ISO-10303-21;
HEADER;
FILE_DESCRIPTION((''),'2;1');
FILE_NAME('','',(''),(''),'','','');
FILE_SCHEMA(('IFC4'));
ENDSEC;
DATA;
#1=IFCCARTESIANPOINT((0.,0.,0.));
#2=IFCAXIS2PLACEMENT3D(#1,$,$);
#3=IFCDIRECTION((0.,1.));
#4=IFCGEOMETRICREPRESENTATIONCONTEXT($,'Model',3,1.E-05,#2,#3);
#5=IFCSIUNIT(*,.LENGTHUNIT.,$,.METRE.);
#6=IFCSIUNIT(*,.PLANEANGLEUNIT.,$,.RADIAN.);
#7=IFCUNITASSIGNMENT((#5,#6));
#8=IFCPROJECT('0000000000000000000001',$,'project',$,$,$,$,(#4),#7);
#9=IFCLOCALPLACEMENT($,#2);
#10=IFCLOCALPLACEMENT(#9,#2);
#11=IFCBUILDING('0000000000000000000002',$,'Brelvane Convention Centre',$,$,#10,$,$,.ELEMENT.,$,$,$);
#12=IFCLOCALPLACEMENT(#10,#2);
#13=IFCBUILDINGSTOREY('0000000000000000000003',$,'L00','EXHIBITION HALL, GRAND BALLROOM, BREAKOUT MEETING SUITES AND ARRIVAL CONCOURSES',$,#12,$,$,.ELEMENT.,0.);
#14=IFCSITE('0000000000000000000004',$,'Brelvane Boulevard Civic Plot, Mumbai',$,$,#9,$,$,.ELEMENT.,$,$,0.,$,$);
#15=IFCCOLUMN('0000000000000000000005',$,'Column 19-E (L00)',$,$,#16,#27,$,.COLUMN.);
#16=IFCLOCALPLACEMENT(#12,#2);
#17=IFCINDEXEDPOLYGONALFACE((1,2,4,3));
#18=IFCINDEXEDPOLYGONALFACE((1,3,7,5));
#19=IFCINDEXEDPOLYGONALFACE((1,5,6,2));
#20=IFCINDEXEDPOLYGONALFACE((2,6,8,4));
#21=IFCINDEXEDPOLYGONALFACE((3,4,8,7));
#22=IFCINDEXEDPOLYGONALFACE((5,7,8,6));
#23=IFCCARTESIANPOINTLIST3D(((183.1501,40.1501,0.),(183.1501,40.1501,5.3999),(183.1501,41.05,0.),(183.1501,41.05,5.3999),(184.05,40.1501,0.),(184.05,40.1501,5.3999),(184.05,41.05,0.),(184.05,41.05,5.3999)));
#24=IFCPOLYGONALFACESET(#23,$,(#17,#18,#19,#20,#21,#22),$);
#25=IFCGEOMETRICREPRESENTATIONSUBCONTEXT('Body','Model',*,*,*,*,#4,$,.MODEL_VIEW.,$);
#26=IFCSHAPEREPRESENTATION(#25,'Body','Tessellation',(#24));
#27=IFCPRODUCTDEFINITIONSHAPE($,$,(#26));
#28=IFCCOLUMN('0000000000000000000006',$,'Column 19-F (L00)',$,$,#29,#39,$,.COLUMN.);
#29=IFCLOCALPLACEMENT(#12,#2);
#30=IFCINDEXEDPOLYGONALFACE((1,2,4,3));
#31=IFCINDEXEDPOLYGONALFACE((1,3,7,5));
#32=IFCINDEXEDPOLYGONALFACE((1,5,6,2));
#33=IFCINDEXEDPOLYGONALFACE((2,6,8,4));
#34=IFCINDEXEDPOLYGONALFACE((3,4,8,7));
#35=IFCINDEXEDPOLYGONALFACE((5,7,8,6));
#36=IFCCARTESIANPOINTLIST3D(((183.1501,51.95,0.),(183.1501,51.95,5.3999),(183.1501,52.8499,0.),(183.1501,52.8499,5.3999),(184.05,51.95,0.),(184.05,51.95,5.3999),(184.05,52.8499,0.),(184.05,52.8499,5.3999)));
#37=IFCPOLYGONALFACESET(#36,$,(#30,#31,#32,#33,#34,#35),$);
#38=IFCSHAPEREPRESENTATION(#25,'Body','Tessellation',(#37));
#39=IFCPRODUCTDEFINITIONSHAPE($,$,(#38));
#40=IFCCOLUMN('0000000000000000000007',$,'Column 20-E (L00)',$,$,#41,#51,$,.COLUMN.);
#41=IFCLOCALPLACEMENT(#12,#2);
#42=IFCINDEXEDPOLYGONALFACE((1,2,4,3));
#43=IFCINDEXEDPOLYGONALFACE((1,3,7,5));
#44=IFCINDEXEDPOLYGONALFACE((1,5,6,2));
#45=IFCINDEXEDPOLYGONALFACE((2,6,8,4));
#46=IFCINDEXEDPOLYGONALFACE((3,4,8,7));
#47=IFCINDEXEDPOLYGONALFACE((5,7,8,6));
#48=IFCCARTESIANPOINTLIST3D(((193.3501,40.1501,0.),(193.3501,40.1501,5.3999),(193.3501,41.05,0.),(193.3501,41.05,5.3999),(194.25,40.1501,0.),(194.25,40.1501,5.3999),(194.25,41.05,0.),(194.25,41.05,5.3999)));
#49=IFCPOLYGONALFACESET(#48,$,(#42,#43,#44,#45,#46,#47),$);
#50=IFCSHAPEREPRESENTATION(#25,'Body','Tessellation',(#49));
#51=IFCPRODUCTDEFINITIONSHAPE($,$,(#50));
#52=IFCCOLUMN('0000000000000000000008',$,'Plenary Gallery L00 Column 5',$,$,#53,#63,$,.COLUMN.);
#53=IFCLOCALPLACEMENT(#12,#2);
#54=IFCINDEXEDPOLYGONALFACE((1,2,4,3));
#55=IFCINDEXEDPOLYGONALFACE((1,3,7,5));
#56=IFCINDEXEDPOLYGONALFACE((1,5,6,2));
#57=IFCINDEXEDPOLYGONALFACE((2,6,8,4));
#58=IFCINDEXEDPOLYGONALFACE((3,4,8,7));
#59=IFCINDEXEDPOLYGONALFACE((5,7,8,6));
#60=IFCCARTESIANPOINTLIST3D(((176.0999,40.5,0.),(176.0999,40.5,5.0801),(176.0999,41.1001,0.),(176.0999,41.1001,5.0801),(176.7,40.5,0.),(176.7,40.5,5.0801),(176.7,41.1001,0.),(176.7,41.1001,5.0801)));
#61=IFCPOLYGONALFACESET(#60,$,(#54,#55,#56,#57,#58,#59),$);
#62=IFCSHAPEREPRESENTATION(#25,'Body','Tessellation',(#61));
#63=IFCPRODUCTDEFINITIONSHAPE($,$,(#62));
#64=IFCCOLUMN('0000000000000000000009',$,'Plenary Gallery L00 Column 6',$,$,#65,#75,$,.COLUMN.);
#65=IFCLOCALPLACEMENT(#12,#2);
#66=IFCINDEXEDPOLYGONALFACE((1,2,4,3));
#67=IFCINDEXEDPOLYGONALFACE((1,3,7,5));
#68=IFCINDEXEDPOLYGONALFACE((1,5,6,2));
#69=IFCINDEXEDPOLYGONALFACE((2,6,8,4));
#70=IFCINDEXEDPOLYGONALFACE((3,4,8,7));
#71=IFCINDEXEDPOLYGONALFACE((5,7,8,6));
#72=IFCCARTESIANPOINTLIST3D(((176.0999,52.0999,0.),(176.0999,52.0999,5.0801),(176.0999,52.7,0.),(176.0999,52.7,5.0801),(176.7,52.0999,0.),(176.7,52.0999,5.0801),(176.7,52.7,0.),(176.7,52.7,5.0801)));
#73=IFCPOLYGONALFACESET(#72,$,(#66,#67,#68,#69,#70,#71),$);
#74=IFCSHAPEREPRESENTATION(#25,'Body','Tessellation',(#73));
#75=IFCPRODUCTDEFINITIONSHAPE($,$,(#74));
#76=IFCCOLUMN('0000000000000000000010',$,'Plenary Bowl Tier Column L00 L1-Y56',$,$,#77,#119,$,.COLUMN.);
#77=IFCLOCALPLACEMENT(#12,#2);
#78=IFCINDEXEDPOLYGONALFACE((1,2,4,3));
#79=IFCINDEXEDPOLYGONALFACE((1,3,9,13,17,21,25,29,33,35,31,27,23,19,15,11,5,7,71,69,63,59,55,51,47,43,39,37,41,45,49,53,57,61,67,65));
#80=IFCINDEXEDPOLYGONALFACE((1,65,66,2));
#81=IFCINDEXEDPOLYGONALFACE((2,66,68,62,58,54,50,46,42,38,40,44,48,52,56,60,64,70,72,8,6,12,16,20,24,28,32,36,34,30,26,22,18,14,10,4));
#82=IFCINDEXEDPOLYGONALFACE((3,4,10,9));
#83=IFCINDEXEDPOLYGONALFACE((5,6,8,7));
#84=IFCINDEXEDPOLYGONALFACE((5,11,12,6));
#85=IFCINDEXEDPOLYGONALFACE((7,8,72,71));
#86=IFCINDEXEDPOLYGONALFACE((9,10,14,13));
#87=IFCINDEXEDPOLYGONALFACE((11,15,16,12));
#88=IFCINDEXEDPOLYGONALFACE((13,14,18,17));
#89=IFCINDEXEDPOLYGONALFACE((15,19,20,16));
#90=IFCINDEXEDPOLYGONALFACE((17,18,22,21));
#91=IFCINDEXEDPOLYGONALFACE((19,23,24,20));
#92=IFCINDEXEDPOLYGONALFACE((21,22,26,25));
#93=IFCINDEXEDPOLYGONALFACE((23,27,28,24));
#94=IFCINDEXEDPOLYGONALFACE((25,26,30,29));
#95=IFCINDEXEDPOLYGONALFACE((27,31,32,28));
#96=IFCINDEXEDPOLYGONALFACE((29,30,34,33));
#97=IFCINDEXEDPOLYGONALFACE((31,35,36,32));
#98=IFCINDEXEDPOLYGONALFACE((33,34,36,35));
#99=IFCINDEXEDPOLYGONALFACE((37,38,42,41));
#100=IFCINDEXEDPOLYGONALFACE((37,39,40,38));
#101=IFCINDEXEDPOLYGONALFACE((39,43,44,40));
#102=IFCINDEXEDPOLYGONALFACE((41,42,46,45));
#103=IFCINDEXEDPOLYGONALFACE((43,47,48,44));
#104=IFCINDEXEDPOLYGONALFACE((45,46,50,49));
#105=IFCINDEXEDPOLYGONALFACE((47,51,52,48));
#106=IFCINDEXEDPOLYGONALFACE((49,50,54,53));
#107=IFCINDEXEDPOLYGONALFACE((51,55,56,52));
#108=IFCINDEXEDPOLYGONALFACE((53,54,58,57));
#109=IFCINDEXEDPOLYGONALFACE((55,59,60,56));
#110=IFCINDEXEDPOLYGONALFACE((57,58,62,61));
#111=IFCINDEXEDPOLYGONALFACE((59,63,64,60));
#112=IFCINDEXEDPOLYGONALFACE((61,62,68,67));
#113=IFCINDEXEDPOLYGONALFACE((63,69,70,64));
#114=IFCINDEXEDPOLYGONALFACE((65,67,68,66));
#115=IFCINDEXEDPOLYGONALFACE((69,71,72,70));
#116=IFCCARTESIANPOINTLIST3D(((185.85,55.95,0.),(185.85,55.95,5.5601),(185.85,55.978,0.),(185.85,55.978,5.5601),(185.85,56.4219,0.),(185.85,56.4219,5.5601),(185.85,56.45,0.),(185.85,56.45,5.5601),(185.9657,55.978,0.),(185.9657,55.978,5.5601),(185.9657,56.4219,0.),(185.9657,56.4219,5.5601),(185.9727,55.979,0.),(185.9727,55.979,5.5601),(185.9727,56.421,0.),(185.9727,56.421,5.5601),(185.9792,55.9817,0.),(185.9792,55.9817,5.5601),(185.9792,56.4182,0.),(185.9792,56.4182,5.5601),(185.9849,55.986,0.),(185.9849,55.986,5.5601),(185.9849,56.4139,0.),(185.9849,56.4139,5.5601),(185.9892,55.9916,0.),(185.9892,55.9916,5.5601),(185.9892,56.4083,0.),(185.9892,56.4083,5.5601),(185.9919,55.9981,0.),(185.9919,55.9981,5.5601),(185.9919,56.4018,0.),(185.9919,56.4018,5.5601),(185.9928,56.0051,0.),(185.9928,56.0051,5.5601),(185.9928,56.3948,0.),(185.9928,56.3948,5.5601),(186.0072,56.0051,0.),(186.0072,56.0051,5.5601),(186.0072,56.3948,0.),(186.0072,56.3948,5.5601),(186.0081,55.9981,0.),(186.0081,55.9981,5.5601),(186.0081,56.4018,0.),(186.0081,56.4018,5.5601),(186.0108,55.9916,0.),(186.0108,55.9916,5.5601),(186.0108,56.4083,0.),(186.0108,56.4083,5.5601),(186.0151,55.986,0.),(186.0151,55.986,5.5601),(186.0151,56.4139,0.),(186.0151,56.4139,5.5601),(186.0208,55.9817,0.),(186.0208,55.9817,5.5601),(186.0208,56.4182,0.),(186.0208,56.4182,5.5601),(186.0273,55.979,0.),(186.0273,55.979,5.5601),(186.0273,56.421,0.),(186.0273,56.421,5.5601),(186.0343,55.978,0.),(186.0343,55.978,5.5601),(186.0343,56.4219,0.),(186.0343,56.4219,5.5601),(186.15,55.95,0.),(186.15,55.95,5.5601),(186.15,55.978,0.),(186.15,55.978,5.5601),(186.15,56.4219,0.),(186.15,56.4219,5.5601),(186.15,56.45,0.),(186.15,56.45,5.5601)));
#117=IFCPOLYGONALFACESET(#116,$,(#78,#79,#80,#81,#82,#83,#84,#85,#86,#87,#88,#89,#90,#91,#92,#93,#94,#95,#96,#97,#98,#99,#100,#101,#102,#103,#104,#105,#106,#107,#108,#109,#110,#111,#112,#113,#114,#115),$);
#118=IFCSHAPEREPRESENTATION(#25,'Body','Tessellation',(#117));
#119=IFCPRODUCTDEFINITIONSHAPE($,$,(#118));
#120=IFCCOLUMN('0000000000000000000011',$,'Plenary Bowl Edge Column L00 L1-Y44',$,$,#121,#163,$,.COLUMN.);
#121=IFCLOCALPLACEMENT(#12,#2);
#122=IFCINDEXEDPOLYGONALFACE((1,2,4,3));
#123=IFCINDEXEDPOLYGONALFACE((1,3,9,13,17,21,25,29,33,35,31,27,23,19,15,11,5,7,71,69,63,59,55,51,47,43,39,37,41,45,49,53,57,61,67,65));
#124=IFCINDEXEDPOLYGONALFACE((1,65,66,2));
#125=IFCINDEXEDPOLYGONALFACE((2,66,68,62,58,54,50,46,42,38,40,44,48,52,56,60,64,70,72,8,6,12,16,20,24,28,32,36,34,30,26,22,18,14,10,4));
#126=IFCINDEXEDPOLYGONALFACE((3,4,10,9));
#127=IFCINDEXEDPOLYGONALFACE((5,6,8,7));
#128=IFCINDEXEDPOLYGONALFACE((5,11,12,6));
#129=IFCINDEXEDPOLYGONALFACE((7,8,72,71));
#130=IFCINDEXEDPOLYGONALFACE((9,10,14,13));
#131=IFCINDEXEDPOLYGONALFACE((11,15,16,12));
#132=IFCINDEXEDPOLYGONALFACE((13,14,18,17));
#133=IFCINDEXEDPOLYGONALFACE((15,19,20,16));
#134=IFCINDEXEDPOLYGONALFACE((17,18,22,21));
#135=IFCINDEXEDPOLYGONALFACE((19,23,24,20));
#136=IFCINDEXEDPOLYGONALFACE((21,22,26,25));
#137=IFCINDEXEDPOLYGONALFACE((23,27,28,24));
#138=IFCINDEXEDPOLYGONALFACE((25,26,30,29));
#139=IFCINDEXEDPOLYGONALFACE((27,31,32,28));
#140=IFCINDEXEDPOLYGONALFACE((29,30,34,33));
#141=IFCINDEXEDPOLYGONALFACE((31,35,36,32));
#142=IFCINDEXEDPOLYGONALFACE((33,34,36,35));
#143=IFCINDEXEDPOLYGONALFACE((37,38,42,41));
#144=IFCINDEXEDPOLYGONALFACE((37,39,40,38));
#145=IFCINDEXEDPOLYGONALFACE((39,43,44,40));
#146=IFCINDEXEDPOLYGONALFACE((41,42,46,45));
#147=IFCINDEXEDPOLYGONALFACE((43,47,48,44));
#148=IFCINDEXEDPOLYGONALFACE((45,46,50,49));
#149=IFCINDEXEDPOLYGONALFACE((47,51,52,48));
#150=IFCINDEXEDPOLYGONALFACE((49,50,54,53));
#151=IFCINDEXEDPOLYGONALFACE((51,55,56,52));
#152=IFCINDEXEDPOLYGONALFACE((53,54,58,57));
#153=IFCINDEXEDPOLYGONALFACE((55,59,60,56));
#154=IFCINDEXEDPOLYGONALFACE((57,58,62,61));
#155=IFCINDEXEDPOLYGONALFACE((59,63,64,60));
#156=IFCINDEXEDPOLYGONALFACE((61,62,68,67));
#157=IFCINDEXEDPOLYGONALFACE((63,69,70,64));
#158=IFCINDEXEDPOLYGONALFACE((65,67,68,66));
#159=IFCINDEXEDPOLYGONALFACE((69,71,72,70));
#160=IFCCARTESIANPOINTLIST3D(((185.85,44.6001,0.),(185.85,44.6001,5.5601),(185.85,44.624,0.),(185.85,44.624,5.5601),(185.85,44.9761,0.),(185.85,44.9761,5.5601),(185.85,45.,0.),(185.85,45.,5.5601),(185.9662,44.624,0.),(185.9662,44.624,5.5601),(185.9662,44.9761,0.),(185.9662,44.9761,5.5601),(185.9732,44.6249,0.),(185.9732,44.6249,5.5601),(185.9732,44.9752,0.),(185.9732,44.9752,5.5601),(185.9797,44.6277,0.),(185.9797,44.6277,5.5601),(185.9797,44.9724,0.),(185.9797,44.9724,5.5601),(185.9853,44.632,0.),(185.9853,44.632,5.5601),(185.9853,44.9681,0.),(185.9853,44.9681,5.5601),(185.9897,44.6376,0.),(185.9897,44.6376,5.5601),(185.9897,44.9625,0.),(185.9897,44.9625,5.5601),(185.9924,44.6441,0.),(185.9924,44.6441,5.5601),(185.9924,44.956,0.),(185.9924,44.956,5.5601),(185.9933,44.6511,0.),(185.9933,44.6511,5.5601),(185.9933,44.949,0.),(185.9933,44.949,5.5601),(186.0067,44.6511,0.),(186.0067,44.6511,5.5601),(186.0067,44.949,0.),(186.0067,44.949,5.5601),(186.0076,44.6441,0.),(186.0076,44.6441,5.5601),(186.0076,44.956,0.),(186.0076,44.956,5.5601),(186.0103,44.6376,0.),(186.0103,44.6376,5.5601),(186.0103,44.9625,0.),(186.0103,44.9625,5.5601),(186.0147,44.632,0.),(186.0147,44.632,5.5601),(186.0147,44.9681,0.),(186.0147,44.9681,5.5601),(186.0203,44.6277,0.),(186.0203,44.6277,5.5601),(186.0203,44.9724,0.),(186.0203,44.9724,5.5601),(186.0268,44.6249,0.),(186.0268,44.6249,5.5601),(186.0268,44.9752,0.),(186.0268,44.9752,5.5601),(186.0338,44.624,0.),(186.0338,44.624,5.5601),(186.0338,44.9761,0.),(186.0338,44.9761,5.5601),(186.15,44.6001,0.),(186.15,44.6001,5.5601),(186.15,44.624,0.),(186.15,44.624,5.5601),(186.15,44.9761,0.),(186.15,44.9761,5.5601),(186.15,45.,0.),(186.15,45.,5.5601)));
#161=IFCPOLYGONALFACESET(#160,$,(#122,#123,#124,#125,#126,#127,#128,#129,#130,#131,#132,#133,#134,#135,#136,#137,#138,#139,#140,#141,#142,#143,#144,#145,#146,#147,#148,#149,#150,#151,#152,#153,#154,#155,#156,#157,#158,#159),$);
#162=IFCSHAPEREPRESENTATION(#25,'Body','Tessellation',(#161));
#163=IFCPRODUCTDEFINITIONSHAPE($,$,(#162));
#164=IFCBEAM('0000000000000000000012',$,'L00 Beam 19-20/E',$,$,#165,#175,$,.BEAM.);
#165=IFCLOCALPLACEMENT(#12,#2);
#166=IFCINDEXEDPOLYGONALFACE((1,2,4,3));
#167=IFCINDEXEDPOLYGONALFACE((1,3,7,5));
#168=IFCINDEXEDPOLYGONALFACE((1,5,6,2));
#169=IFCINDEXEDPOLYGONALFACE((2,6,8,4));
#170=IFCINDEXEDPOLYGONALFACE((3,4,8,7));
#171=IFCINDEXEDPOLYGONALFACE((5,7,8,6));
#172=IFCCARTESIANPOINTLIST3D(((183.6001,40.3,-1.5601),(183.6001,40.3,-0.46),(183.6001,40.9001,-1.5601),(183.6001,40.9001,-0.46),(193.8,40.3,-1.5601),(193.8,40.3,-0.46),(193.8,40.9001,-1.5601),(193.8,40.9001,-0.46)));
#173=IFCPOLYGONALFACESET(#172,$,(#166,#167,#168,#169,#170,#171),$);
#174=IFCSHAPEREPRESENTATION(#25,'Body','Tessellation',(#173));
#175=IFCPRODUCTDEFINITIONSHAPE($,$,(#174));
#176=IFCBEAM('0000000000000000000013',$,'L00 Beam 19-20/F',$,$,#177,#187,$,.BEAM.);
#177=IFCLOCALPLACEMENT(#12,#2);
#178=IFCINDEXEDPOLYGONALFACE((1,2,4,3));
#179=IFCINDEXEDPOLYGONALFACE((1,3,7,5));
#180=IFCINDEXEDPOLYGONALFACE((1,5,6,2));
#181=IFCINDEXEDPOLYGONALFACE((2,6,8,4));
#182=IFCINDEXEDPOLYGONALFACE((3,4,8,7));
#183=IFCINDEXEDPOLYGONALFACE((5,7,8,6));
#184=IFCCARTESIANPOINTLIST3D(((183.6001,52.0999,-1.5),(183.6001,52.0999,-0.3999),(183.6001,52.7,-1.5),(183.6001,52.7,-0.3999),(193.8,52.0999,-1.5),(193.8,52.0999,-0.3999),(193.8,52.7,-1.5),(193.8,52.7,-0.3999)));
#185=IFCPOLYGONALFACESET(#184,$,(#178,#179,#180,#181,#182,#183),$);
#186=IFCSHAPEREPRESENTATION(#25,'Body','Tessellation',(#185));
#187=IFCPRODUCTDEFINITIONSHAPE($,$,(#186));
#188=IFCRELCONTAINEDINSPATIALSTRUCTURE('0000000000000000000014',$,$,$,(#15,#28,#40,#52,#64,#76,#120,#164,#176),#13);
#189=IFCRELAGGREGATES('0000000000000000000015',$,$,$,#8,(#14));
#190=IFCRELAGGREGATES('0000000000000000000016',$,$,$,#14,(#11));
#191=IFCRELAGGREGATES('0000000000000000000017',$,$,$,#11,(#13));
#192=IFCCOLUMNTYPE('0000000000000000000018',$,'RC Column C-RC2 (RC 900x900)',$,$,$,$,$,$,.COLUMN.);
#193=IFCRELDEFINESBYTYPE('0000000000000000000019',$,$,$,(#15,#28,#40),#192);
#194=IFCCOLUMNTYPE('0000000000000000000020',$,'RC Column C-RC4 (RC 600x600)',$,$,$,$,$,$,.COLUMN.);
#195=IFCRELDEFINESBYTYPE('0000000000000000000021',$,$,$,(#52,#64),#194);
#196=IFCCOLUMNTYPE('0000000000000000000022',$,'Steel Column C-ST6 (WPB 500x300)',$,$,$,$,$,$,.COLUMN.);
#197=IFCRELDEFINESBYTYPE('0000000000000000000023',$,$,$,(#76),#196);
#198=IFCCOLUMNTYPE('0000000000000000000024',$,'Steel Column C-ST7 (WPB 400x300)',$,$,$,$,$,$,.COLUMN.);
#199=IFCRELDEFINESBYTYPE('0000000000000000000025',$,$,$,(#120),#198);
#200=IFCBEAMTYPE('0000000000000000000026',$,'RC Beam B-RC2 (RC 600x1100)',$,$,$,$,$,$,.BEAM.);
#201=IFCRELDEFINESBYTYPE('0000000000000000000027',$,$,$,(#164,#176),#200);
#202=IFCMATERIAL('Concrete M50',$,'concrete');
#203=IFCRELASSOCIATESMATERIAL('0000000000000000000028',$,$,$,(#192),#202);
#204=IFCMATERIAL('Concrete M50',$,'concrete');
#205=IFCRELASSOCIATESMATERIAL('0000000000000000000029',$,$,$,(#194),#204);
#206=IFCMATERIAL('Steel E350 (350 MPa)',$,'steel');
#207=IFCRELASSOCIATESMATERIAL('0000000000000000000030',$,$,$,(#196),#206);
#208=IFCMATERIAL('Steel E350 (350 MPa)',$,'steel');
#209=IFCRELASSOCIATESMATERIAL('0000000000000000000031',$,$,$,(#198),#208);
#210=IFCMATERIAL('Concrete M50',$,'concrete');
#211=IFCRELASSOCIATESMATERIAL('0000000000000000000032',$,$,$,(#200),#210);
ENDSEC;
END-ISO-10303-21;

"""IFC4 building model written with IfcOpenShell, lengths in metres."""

from ifc_helpers import new_model, si_unit, direction, frame, origin, origin_2d, place, context, subcontext, project, spatial, rectangle, i_section, extrude, material, material_profile, profile_set, type_object, element, save


model = new_model("IFC4")

# Units and contexts
model_context = context("Model", 3, precision=1e-05, world=origin(), true_north=direction((0.0, 1.0)))
body_context = subcontext(model_context, "Body", "Model", "MODEL_VIEW")
ifc_project = project(units=[si_unit("LENGTHUNIT", "METRE"), si_unit("PLANEANGLEUNIT", "RADIAN")], contexts=[model_context])

# Site, building, storey
site_placement = place(None, origin())
site = spatial("IfcSite", under=ifc_project, at=site_placement, Name="Brelvane Boulevard Civic Plot, Mumbai", CompositionType="ELEMENT", RefElevation=0.0)
building_placement = place(site_placement, origin())
building = spatial("IfcBuilding", under=site, at=building_placement, Name="Brelvane Convention Centre", CompositionType="ELEMENT")
storey_placement = place(building_placement, origin())
storey = spatial("IfcBuildingStorey", under=building, at=storey_placement, Name="L00", Description="EXHIBITION HALL, GRAND BALLROOM, BREAKOUT MEETING SUITES AND ARRIVAL CONCOURSES", CompositionType="ELEMENT", Elevation=0.0)

# Columns
ifc_material_1 = material(Name="Concrete M50", Category="concrete")
ifc_material_profile_1 = material_profile(ifc_material_1, rectangle(XDim=0.8999, YDim=0.8999, at=origin_2d()), Name="RC 900x900")
ifc_profile_set_1 = profile_set([ifc_material_profile_1], Name="Concrete M50")
column_type_1 = type_object("IfcColumnType", Name="RC Column C-RC2 (RC 900x900)", PredefinedType="COLUMN", material=ifc_profile_set_1)
for number, where, z_axis, x_axis, name in (
    (1, (183.6001, 40.6001, 0.0), (0.0, 0.0, 1.0), (1.0, 0.0, 0.0), "Column 19-E (L00)"),
    (2, (183.6001, 52.3999, 0.0), (0.0, 0.0, 1.0), (1.0, 0.0, 0.0), "Column 19-F (L00)"),
    (3, (193.8, 40.6001, 0.0), (0.0, 0.0, 1.0), (1.0, 0.0, 0.0), "Column 20-E (L00)"),
):
    element("IfcColumn", number, at=place(storey_placement, frame(where, z_axis=z_axis, x_axis=x_axis)), inside=storey, type_object=column_type_1, Name=name, PredefinedType="COLUMN", context=body_context, shape_type="SweptSolid", body=[
        extrude(rectangle(XDim=0.8999, YDim=0.8999, at=origin_2d()), origin(), (0.0, 0.0, 1.0), 5.3999),
    ])
ifc_material_2 = material(Name="Concrete M50", Category="concrete")
ifc_material_profile_2 = material_profile(ifc_material_2, rectangle(XDim=0.6001, YDim=0.6001, at=origin_2d()), Name="RC 600x600")
ifc_profile_set_2 = profile_set([ifc_material_profile_2], Name="Concrete M50")
column_type_2 = type_object("IfcColumnType", Name="RC Column C-RC4 (RC 600x600)", PredefinedType="COLUMN", material=ifc_profile_set_2)
for number, where, z_axis, x_axis, name in (
    (4, (176.3999, 40.8, 0.0), (0.0, 0.0, 1.0), (1.0, 0.0, 0.0), "Plenary Gallery L00 Column 5"),
    (5, (176.3999, 52.3999, 0.0), (0.0, 0.0, 1.0), (1.0, 0.0, 0.0), "Plenary Gallery L00 Column 6"),
):
    element("IfcColumn", number, at=place(storey_placement, frame(where, z_axis=z_axis, x_axis=x_axis)), inside=storey, type_object=column_type_2, Name=name, PredefinedType="COLUMN", context=body_context, shape_type="SweptSolid", body=[
        extrude(rectangle(XDim=0.6001, YDim=0.6001, at=origin_2d()), origin(), (0.0, 0.0, 1.0), 5.0801),
    ])
ifc_material_3 = material(Name="Steel E350 (350 MPa)", Category="steel")
ifc_material_profile_3 = material_profile(ifc_material_3, i_section(OverallWidth=0.3, OverallDepth=0.5, WebThickness=0.0144, FlangeThickness=0.0281, FilletRadius=0.0271, at=origin_2d()), Name="WPB 500x300")
ifc_profile_set_3 = profile_set([ifc_material_profile_3], Name="Steel E350 (350 MPa)")
column_type_3 = type_object("IfcColumnType", Name="Steel Column C-ST6 (WPB 500x300)", PredefinedType="COLUMN", material=ifc_profile_set_3)
column_1_placement = place(storey_placement, frame((186.0, 56.2, 0.0), z_axis=(0.0, 0.0, 1.0), x_axis=(1.0, 0.0, 0.0)))
element("IfcColumn", 6, at=column_1_placement, inside=storey, type_object=column_type_3, Name="Plenary Bowl Tier Column L00 L1-Y56", PredefinedType="COLUMN", context=body_context, shape_type="SweptSolid", body=[
    extrude(i_section(OverallWidth=0.3, OverallDepth=0.5, WebThickness=0.0144, FlangeThickness=0.0281, FilletRadius=0.0271, at=origin_2d()), origin(), (0.0, 0.0, 1.0), 5.5601),
])
ifc_material_4 = material(Name="Steel E350 (350 MPa)", Category="steel")
ifc_material_profile_4 = material_profile(ifc_material_4, i_section(OverallWidth=0.3, OverallDepth=0.3999, WebThickness=0.0134, FlangeThickness=0.0239, FilletRadius=0.0271, at=origin_2d()), Name="WPB 400x300")
ifc_profile_set_4 = profile_set([ifc_material_profile_4], Name="Steel E350 (350 MPa)")
column_type_4 = type_object("IfcColumnType", Name="Steel Column C-ST7 (WPB 400x300)", PredefinedType="COLUMN", material=ifc_profile_set_4)
column_2_placement = place(storey_placement, frame((186.0, 44.8, 0.0), z_axis=(0.0, 0.0, 1.0), x_axis=(1.0, 0.0, 0.0)))
element("IfcColumn", 7, at=column_2_placement, inside=storey, type_object=column_type_4, Name="Plenary Bowl Edge Column L00 L1-Y44", PredefinedType="COLUMN", context=body_context, shape_type="SweptSolid", body=[
    extrude(i_section(OverallWidth=0.3, OverallDepth=0.3999, WebThickness=0.0134, FlangeThickness=0.0239, FilletRadius=0.0271, at=origin_2d()), origin(), (0.0, 0.0, 1.0), 5.5601),
])

# Beams
ifc_material_5 = material(Name="Concrete M50", Category="concrete")
ifc_material_profile_5 = material_profile(ifc_material_5, rectangle(XDim=0.6001, YDim=1.1001, at=origin_2d()), Name="RC 600x1100")
ifc_profile_set_5 = profile_set([ifc_material_profile_5], Name="Concrete M50")
beam_type_1 = type_object("IfcBeamType", Name="RC Beam B-RC2 (RC 600x1100)", PredefinedType="BEAM", material=ifc_profile_set_5)
for number, where, z_axis, x_axis, name in (
    (8, (183.6001, 40.6001, -1.01), (1.0, 0.0, 0.0), (0.0, 1.0, 0.0), "L00 Beam 19-20/E"),
    (9, (183.6001, 52.3999, -0.95), (1.0, 0.0, 0.0), (0.0, 1.0, 0.0), "L00 Beam 19-20/F"),
):
    element("IfcBeam", number, at=place(storey_placement, frame(where, z_axis=z_axis, x_axis=x_axis)), inside=storey, type_object=beam_type_1, Name=name, PredefinedType="BEAM", context=body_context, shape_type="SweptSolid", body=[
        extrude(rectangle(XDim=0.6001, YDim=1.1001, at=origin_2d()), origin(), (0.0, 0.0, 1.0), 10.2),
    ])

save(model, "model.ifc")
